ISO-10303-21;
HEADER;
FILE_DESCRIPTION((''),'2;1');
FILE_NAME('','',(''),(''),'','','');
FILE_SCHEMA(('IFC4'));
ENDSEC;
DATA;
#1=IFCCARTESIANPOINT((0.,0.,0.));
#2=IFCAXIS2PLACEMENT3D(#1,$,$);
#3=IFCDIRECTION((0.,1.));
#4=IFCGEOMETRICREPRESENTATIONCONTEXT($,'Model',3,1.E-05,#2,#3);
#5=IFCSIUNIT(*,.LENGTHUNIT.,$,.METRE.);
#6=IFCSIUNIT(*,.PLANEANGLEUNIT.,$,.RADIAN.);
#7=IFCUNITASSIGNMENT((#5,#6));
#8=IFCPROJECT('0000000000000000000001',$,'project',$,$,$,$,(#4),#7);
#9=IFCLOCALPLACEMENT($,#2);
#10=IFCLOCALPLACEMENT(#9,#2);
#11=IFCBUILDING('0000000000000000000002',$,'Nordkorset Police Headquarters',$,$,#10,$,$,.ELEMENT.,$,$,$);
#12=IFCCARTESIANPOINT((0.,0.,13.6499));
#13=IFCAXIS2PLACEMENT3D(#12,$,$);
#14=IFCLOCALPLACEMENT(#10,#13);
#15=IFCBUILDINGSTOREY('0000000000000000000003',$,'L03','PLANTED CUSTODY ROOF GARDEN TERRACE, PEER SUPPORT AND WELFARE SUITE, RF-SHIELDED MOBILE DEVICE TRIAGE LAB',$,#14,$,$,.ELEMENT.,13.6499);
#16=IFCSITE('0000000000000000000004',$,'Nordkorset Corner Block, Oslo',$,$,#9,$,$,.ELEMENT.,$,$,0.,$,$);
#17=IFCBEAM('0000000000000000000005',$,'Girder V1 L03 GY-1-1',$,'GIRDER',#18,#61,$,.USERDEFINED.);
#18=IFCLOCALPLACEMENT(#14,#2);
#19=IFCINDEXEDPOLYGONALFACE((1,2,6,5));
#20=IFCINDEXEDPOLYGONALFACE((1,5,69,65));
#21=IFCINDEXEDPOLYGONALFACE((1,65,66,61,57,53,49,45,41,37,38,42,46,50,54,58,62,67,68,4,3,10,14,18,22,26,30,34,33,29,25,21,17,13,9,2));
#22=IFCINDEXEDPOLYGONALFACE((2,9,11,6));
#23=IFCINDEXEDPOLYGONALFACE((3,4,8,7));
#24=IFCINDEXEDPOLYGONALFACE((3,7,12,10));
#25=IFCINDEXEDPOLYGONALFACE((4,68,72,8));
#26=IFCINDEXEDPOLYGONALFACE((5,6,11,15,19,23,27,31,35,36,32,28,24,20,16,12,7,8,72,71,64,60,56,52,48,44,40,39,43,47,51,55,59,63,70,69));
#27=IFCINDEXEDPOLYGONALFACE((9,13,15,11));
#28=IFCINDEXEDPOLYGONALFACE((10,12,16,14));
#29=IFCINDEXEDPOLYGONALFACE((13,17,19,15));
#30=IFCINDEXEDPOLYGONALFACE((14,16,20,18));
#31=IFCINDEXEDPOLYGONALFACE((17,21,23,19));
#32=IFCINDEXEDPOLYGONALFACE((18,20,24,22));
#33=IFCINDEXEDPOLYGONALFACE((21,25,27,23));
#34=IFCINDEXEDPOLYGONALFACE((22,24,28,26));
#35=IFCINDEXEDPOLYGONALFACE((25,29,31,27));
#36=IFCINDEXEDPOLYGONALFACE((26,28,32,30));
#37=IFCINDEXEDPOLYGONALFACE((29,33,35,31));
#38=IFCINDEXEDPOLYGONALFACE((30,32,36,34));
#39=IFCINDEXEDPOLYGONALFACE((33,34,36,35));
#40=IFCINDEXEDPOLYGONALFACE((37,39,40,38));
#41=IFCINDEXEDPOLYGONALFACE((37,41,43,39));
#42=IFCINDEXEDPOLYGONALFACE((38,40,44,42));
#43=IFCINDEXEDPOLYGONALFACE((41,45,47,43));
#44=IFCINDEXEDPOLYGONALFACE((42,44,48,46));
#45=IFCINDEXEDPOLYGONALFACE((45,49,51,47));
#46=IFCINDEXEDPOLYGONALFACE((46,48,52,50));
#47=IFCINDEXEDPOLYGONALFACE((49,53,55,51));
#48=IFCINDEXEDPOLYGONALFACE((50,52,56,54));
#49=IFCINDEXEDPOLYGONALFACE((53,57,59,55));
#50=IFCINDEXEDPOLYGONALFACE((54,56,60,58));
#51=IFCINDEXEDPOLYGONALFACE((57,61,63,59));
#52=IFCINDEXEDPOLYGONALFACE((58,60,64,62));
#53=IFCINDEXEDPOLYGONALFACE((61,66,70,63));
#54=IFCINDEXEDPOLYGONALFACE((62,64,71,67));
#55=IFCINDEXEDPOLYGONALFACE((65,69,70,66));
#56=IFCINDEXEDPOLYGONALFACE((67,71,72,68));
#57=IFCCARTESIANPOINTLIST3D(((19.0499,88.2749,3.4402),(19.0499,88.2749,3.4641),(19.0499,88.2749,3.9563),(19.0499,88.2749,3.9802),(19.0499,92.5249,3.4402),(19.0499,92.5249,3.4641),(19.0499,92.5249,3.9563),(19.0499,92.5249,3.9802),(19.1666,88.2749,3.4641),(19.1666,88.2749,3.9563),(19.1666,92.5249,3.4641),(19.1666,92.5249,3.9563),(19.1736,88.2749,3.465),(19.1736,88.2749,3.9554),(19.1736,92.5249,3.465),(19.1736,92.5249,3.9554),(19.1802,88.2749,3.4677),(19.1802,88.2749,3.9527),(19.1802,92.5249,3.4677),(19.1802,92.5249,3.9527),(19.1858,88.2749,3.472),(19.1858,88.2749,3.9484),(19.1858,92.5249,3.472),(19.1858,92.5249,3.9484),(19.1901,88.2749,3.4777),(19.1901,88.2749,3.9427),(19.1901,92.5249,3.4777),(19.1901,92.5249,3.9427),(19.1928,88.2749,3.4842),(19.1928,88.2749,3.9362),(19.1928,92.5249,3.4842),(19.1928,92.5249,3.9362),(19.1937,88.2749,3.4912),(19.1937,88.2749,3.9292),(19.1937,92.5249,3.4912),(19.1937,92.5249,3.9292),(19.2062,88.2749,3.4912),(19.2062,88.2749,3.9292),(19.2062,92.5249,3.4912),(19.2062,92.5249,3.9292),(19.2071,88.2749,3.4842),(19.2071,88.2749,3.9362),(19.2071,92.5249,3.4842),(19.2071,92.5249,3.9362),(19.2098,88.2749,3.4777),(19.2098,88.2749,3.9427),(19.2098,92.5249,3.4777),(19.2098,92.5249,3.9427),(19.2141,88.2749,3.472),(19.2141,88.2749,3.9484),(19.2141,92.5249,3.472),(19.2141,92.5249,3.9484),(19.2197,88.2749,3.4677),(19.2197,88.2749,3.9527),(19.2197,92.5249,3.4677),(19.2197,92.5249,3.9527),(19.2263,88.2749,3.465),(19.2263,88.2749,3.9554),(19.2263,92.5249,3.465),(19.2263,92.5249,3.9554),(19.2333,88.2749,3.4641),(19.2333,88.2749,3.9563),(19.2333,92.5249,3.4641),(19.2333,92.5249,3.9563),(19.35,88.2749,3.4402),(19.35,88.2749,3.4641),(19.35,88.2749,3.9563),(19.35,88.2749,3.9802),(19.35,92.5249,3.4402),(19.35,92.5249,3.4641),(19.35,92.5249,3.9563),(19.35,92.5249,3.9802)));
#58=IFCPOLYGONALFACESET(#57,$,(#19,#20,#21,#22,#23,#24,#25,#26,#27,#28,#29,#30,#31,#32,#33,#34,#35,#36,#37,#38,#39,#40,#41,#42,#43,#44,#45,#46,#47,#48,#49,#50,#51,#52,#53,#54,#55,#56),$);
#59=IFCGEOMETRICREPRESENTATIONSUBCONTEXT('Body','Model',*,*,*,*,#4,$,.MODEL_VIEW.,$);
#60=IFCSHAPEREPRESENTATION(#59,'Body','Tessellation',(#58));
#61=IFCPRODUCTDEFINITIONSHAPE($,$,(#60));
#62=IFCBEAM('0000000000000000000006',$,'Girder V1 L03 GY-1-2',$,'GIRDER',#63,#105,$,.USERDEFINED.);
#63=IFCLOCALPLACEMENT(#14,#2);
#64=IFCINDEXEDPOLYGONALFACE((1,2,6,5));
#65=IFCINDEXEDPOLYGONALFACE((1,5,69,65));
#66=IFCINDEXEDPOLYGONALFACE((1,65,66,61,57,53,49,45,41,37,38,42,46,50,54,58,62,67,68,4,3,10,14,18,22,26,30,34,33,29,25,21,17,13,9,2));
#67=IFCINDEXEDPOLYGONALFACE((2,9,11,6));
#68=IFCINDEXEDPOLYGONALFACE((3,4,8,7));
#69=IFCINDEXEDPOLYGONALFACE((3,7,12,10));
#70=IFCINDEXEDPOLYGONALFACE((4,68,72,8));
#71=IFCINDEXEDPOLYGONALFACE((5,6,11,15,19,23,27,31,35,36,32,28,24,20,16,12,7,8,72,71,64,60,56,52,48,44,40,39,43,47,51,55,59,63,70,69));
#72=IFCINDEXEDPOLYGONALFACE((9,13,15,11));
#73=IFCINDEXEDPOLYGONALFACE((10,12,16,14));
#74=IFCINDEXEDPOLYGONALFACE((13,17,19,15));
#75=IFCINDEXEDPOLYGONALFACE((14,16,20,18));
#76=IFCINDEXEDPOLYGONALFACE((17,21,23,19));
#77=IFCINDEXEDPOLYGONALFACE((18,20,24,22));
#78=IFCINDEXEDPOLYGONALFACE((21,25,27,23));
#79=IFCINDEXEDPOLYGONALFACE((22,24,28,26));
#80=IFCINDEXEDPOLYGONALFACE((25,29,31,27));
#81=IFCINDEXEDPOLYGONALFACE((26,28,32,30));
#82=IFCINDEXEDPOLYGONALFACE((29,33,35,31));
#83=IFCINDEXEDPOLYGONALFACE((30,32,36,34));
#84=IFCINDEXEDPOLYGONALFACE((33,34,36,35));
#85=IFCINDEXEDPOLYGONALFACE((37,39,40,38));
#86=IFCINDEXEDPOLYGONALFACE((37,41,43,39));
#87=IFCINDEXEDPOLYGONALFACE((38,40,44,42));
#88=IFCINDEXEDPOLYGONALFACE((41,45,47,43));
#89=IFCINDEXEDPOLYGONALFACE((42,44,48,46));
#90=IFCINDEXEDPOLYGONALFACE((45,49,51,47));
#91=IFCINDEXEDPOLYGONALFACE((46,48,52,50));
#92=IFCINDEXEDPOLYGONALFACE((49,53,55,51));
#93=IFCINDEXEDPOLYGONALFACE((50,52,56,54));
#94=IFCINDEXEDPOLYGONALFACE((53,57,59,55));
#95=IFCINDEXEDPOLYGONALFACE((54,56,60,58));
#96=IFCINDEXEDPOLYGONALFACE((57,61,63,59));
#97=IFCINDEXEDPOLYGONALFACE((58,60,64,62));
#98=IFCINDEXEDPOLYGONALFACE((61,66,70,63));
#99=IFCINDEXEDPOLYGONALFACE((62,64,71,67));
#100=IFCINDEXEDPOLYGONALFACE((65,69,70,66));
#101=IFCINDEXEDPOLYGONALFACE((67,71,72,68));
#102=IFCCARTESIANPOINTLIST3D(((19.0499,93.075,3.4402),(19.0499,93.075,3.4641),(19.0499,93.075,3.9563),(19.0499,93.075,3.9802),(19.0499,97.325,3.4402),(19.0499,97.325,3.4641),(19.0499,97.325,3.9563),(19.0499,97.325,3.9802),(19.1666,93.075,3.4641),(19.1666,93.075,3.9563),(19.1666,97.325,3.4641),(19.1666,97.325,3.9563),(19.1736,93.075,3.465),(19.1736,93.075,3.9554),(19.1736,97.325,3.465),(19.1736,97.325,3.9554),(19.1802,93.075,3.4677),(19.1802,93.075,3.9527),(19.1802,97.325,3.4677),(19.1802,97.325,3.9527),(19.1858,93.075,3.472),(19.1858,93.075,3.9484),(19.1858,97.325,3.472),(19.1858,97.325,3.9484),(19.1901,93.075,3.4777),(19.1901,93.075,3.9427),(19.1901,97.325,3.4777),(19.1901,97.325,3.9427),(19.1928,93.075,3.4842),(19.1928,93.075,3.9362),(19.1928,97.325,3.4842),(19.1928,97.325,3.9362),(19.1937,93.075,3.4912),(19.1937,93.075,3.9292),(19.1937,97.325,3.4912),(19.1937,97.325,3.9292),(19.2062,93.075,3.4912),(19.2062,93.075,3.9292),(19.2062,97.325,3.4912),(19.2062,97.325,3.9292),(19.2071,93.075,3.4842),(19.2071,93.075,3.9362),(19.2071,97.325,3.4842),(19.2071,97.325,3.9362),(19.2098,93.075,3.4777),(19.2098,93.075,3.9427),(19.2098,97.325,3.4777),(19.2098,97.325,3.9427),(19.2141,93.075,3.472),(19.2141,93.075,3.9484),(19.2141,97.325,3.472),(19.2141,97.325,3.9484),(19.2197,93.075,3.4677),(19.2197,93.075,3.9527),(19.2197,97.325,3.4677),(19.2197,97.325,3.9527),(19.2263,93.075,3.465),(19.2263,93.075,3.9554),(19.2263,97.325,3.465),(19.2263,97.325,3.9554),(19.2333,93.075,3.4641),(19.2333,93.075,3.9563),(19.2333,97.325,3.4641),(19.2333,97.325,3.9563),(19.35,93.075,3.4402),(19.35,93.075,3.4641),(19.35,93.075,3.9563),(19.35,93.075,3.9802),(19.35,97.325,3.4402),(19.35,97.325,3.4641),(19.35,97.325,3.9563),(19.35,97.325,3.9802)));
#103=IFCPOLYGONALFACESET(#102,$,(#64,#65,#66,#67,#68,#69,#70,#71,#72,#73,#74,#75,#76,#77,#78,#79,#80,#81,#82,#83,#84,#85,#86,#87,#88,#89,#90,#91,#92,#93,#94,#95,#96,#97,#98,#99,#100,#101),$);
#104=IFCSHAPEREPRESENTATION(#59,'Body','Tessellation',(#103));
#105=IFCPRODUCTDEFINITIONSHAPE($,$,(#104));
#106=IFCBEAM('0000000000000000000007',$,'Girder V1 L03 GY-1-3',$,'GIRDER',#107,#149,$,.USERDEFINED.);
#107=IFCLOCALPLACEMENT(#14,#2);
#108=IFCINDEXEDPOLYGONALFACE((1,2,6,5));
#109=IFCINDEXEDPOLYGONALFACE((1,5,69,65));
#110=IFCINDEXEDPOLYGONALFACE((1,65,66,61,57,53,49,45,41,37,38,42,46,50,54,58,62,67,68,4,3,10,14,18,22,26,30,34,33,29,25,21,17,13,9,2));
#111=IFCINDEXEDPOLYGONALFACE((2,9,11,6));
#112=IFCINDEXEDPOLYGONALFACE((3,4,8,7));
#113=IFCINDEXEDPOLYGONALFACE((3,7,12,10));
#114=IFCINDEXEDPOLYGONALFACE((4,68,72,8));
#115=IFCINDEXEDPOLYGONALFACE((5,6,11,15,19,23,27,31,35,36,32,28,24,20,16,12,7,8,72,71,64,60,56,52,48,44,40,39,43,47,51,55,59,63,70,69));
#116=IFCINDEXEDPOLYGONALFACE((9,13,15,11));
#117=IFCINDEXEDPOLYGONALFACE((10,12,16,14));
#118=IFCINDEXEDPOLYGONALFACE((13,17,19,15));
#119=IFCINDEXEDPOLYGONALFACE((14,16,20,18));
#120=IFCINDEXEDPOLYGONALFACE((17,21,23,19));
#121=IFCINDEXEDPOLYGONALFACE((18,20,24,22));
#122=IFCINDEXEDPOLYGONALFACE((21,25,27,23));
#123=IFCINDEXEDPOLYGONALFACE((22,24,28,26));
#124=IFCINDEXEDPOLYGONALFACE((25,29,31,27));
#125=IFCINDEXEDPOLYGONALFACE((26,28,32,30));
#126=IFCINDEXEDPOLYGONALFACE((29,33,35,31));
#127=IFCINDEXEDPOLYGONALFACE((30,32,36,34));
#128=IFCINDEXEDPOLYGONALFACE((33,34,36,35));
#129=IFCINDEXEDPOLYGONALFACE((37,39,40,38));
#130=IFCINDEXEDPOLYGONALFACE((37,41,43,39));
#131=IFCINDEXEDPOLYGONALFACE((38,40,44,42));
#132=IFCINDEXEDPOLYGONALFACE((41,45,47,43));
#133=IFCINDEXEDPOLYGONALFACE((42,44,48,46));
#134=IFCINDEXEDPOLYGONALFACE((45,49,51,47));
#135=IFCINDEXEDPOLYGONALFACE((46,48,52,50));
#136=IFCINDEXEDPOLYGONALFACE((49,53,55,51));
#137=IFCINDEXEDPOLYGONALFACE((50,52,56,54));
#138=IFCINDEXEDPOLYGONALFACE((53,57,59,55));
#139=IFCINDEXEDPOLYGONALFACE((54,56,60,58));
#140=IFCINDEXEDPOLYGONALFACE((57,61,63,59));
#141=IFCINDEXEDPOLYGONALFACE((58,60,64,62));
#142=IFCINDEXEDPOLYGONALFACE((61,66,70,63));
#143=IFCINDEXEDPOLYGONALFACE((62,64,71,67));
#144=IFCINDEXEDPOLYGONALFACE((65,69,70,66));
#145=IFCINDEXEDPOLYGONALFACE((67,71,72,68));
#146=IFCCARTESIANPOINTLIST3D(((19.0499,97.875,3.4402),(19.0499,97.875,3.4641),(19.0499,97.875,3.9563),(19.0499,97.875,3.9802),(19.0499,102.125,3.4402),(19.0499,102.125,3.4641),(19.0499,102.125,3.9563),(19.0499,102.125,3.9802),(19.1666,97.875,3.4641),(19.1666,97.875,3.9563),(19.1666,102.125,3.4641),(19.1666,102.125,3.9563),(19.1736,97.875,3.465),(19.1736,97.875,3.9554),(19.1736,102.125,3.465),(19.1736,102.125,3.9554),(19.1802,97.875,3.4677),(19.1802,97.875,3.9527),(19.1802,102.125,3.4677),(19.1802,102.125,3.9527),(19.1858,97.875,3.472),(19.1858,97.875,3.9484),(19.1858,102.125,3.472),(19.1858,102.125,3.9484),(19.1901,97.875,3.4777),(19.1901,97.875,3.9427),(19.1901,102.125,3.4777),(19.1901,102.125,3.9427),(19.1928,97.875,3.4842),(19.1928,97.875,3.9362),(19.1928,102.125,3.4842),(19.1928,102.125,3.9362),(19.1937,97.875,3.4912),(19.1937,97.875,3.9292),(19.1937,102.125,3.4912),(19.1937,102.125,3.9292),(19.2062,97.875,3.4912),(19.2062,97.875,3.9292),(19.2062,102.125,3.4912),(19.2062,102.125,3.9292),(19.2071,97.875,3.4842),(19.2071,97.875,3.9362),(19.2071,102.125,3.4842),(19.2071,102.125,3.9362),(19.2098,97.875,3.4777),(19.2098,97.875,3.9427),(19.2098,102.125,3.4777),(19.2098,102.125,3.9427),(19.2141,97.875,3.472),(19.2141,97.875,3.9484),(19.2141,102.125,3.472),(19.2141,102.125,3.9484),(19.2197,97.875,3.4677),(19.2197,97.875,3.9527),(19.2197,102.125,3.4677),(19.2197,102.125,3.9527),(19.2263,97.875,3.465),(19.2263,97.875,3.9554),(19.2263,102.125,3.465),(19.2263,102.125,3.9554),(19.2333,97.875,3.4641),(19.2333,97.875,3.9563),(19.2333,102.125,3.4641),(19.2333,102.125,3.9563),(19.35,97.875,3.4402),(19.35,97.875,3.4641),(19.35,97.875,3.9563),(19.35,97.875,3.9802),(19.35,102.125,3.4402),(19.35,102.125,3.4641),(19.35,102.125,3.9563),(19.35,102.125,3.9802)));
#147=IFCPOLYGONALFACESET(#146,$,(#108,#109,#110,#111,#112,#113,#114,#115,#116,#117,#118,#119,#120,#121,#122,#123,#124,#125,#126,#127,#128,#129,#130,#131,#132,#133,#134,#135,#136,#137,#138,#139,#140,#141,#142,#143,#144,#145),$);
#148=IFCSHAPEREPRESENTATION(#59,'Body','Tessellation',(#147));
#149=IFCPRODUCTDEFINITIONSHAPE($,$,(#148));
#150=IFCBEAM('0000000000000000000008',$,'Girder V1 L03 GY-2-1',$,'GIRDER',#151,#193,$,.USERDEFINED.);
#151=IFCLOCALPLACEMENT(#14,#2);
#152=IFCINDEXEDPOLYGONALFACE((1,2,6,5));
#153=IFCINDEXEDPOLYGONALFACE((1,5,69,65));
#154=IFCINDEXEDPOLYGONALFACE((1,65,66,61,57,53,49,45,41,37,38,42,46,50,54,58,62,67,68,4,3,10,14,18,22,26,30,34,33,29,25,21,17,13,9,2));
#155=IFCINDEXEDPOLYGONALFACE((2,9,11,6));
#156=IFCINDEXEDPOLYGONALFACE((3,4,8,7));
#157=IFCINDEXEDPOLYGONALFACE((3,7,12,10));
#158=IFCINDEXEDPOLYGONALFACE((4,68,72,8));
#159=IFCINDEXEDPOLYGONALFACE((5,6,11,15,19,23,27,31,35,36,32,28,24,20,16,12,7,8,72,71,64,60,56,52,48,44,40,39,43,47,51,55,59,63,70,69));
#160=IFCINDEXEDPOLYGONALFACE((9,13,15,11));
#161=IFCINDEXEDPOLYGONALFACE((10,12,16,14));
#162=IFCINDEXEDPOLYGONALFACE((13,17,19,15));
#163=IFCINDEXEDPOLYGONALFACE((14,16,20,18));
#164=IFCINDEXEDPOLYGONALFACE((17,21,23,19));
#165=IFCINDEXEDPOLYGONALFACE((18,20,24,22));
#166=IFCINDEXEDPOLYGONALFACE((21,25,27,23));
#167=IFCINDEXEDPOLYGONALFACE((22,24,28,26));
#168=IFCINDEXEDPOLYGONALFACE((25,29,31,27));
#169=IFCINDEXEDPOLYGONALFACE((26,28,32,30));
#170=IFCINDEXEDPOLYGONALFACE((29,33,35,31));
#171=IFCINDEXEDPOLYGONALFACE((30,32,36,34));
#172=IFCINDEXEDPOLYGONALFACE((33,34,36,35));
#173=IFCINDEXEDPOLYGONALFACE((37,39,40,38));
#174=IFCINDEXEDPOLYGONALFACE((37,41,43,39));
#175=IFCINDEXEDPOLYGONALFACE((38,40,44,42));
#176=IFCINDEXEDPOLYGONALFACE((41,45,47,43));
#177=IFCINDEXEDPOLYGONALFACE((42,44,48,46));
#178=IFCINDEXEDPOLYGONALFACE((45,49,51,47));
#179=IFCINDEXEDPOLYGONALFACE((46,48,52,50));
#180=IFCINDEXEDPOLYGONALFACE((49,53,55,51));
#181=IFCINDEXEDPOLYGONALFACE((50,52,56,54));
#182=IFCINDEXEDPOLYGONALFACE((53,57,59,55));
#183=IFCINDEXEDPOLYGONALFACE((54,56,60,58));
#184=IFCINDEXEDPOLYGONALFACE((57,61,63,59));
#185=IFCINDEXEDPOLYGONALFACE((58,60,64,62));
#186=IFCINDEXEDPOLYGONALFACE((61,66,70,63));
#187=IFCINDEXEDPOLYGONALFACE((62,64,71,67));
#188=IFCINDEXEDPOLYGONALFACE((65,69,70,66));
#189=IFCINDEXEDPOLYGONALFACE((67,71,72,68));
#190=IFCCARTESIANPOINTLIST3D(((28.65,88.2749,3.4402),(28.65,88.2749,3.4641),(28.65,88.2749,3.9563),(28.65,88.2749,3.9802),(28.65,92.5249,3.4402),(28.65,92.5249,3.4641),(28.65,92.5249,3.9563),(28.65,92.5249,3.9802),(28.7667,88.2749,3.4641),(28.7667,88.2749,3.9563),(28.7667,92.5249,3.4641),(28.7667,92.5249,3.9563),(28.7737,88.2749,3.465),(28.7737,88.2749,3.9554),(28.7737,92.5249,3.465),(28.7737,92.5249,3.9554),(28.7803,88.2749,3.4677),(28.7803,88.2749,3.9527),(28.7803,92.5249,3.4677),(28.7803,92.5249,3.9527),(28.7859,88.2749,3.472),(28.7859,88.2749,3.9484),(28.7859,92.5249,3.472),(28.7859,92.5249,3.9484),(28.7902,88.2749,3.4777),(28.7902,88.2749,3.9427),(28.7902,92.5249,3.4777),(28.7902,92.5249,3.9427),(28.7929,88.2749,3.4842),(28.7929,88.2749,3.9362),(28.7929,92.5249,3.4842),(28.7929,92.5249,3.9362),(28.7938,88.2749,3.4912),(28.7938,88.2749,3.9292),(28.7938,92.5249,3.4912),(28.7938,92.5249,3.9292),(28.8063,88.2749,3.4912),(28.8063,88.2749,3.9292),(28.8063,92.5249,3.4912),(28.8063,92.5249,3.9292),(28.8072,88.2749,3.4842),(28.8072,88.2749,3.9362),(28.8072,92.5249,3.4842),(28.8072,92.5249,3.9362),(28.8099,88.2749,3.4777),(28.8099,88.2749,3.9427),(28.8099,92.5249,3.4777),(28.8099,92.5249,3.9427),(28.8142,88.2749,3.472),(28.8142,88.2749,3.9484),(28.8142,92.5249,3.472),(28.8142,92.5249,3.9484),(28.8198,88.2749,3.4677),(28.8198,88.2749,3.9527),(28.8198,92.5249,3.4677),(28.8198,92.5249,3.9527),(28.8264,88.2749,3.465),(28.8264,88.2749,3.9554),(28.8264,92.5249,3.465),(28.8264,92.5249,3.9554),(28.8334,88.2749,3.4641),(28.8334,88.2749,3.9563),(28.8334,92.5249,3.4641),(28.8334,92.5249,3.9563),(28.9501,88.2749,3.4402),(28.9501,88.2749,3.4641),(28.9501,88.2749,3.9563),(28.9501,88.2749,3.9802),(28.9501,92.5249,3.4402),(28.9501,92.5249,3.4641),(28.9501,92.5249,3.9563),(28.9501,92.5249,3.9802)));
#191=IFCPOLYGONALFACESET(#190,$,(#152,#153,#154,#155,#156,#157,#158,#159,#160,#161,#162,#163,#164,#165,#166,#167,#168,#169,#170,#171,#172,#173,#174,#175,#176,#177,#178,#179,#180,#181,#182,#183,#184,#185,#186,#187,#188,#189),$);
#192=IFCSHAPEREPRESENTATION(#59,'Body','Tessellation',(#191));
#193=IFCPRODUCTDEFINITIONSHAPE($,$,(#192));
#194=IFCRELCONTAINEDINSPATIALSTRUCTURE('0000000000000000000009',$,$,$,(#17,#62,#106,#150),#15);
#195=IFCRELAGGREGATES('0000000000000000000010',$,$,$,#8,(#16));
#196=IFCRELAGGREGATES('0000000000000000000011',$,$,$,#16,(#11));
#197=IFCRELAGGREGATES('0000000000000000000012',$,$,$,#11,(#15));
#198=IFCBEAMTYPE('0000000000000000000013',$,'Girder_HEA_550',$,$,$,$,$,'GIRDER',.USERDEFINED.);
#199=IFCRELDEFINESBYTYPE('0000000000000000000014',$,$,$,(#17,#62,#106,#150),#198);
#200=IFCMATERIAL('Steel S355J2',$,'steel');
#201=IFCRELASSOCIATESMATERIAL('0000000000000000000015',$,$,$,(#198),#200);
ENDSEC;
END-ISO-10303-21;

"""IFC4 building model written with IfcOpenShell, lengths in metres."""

from ifc_helpers import new_model, si_unit, direction, frame, origin, origin_2d, place, context, subcontext, project, spatial, i_section, extrude, material, material_profile, profile_set, type_object, element, save


model = new_model("IFC4")

# Units and contexts
model_context = context("Model", 3, precision=1e-05, world=origin(), true_north=direction((0.0, 1.0)))
body_context = subcontext(model_context, "Body", "Model", "MODEL_VIEW")
ifc_project = project(units=[si_unit("LENGTHUNIT", "METRE"), si_unit("PLANEANGLEUNIT", "RADIAN")], contexts=[model_context])

# Site, building, storey
site_placement = place(None, origin())
site = spatial("IfcSite", under=ifc_project, at=site_placement, Name="Nordkorset Corner Block, Oslo", CompositionType="ELEMENT", RefElevation=0.0)
building_placement = place(site_placement, origin())
building = spatial("IfcBuilding", under=site, at=building_placement, Name="Nordkorset Police Headquarters", CompositionType="ELEMENT")
storey_placement = place(building_placement, frame((0.0, 0.0, 13.6499)))
storey = spatial("IfcBuildingStorey", under=building, at=storey_placement, Name="L03", Description="PLANTED CUSTODY ROOF GARDEN TERRACE, PEER SUPPORT AND WELFARE SUITE, RF-SHIELDED MOBILE DEVICE TRIAGE LAB", CompositionType="ELEMENT", Elevation=13.6499)

# Beams
ifc_material_1 = material(Name="Steel S355J2", Category="steel")
ifc_material_profile_1 = material_profile(ifc_material_1, i_section(OverallWidth=0.3, OverallDepth=0.54, WebThickness=0.0125, FlangeThickness=0.0239, FilletRadius=0.0271, at=origin_2d()), Name="HEA 550")
ifc_profile_set_1 = profile_set([ifc_material_profile_1], Name="Steel S355J2")
beam_type_1 = type_object("IfcBeamType", Name="Girder_HEA_550", ElementType="GIRDER", PredefinedType="USERDEFINED", material=ifc_profile_set_1)
for number, where, z_axis, x_axis, name in (
    (1, (19.2, 88.2749, 3.7102), (0.0, 1.0, 0.0), (-1.0, 0.0, 0.0), "Girder V1 L03 GY-1-1"),
    (2, (19.2, 93.075, 3.7102), (0.0, 1.0, 0.0), (-1.0, 0.0, 0.0), "Girder V1 L03 GY-1-2"),
    (3, (19.2, 97.875, 3.7102), (0.0, 1.0, 0.0), (-1.0, 0.0, 0.0), "Girder V1 L03 GY-1-3"),
    (4, (28.8, 88.2749, 3.7102), (0.0, 1.0, 0.0), (-1.0, 0.0, 0.0), "Girder V1 L03 GY-2-1"),
):
    element("IfcBeam", number, at=place(storey_placement, frame(where, z_axis=z_axis, x_axis=x_axis)), inside=storey, type_object=beam_type_1, Name=name, ObjectType="GIRDER", PredefinedType="USERDEFINED", context=body_context, shape_type="SweptSolid", body=[
        extrude(i_section(OverallWidth=0.3, OverallDepth=0.54, WebThickness=0.0125, FlangeThickness=0.0239, FilletRadius=0.0271, at=origin_2d()), origin(), (0.0, 0.0, 1.0), 4.25),
    ])

save(model, "model.ifc")
